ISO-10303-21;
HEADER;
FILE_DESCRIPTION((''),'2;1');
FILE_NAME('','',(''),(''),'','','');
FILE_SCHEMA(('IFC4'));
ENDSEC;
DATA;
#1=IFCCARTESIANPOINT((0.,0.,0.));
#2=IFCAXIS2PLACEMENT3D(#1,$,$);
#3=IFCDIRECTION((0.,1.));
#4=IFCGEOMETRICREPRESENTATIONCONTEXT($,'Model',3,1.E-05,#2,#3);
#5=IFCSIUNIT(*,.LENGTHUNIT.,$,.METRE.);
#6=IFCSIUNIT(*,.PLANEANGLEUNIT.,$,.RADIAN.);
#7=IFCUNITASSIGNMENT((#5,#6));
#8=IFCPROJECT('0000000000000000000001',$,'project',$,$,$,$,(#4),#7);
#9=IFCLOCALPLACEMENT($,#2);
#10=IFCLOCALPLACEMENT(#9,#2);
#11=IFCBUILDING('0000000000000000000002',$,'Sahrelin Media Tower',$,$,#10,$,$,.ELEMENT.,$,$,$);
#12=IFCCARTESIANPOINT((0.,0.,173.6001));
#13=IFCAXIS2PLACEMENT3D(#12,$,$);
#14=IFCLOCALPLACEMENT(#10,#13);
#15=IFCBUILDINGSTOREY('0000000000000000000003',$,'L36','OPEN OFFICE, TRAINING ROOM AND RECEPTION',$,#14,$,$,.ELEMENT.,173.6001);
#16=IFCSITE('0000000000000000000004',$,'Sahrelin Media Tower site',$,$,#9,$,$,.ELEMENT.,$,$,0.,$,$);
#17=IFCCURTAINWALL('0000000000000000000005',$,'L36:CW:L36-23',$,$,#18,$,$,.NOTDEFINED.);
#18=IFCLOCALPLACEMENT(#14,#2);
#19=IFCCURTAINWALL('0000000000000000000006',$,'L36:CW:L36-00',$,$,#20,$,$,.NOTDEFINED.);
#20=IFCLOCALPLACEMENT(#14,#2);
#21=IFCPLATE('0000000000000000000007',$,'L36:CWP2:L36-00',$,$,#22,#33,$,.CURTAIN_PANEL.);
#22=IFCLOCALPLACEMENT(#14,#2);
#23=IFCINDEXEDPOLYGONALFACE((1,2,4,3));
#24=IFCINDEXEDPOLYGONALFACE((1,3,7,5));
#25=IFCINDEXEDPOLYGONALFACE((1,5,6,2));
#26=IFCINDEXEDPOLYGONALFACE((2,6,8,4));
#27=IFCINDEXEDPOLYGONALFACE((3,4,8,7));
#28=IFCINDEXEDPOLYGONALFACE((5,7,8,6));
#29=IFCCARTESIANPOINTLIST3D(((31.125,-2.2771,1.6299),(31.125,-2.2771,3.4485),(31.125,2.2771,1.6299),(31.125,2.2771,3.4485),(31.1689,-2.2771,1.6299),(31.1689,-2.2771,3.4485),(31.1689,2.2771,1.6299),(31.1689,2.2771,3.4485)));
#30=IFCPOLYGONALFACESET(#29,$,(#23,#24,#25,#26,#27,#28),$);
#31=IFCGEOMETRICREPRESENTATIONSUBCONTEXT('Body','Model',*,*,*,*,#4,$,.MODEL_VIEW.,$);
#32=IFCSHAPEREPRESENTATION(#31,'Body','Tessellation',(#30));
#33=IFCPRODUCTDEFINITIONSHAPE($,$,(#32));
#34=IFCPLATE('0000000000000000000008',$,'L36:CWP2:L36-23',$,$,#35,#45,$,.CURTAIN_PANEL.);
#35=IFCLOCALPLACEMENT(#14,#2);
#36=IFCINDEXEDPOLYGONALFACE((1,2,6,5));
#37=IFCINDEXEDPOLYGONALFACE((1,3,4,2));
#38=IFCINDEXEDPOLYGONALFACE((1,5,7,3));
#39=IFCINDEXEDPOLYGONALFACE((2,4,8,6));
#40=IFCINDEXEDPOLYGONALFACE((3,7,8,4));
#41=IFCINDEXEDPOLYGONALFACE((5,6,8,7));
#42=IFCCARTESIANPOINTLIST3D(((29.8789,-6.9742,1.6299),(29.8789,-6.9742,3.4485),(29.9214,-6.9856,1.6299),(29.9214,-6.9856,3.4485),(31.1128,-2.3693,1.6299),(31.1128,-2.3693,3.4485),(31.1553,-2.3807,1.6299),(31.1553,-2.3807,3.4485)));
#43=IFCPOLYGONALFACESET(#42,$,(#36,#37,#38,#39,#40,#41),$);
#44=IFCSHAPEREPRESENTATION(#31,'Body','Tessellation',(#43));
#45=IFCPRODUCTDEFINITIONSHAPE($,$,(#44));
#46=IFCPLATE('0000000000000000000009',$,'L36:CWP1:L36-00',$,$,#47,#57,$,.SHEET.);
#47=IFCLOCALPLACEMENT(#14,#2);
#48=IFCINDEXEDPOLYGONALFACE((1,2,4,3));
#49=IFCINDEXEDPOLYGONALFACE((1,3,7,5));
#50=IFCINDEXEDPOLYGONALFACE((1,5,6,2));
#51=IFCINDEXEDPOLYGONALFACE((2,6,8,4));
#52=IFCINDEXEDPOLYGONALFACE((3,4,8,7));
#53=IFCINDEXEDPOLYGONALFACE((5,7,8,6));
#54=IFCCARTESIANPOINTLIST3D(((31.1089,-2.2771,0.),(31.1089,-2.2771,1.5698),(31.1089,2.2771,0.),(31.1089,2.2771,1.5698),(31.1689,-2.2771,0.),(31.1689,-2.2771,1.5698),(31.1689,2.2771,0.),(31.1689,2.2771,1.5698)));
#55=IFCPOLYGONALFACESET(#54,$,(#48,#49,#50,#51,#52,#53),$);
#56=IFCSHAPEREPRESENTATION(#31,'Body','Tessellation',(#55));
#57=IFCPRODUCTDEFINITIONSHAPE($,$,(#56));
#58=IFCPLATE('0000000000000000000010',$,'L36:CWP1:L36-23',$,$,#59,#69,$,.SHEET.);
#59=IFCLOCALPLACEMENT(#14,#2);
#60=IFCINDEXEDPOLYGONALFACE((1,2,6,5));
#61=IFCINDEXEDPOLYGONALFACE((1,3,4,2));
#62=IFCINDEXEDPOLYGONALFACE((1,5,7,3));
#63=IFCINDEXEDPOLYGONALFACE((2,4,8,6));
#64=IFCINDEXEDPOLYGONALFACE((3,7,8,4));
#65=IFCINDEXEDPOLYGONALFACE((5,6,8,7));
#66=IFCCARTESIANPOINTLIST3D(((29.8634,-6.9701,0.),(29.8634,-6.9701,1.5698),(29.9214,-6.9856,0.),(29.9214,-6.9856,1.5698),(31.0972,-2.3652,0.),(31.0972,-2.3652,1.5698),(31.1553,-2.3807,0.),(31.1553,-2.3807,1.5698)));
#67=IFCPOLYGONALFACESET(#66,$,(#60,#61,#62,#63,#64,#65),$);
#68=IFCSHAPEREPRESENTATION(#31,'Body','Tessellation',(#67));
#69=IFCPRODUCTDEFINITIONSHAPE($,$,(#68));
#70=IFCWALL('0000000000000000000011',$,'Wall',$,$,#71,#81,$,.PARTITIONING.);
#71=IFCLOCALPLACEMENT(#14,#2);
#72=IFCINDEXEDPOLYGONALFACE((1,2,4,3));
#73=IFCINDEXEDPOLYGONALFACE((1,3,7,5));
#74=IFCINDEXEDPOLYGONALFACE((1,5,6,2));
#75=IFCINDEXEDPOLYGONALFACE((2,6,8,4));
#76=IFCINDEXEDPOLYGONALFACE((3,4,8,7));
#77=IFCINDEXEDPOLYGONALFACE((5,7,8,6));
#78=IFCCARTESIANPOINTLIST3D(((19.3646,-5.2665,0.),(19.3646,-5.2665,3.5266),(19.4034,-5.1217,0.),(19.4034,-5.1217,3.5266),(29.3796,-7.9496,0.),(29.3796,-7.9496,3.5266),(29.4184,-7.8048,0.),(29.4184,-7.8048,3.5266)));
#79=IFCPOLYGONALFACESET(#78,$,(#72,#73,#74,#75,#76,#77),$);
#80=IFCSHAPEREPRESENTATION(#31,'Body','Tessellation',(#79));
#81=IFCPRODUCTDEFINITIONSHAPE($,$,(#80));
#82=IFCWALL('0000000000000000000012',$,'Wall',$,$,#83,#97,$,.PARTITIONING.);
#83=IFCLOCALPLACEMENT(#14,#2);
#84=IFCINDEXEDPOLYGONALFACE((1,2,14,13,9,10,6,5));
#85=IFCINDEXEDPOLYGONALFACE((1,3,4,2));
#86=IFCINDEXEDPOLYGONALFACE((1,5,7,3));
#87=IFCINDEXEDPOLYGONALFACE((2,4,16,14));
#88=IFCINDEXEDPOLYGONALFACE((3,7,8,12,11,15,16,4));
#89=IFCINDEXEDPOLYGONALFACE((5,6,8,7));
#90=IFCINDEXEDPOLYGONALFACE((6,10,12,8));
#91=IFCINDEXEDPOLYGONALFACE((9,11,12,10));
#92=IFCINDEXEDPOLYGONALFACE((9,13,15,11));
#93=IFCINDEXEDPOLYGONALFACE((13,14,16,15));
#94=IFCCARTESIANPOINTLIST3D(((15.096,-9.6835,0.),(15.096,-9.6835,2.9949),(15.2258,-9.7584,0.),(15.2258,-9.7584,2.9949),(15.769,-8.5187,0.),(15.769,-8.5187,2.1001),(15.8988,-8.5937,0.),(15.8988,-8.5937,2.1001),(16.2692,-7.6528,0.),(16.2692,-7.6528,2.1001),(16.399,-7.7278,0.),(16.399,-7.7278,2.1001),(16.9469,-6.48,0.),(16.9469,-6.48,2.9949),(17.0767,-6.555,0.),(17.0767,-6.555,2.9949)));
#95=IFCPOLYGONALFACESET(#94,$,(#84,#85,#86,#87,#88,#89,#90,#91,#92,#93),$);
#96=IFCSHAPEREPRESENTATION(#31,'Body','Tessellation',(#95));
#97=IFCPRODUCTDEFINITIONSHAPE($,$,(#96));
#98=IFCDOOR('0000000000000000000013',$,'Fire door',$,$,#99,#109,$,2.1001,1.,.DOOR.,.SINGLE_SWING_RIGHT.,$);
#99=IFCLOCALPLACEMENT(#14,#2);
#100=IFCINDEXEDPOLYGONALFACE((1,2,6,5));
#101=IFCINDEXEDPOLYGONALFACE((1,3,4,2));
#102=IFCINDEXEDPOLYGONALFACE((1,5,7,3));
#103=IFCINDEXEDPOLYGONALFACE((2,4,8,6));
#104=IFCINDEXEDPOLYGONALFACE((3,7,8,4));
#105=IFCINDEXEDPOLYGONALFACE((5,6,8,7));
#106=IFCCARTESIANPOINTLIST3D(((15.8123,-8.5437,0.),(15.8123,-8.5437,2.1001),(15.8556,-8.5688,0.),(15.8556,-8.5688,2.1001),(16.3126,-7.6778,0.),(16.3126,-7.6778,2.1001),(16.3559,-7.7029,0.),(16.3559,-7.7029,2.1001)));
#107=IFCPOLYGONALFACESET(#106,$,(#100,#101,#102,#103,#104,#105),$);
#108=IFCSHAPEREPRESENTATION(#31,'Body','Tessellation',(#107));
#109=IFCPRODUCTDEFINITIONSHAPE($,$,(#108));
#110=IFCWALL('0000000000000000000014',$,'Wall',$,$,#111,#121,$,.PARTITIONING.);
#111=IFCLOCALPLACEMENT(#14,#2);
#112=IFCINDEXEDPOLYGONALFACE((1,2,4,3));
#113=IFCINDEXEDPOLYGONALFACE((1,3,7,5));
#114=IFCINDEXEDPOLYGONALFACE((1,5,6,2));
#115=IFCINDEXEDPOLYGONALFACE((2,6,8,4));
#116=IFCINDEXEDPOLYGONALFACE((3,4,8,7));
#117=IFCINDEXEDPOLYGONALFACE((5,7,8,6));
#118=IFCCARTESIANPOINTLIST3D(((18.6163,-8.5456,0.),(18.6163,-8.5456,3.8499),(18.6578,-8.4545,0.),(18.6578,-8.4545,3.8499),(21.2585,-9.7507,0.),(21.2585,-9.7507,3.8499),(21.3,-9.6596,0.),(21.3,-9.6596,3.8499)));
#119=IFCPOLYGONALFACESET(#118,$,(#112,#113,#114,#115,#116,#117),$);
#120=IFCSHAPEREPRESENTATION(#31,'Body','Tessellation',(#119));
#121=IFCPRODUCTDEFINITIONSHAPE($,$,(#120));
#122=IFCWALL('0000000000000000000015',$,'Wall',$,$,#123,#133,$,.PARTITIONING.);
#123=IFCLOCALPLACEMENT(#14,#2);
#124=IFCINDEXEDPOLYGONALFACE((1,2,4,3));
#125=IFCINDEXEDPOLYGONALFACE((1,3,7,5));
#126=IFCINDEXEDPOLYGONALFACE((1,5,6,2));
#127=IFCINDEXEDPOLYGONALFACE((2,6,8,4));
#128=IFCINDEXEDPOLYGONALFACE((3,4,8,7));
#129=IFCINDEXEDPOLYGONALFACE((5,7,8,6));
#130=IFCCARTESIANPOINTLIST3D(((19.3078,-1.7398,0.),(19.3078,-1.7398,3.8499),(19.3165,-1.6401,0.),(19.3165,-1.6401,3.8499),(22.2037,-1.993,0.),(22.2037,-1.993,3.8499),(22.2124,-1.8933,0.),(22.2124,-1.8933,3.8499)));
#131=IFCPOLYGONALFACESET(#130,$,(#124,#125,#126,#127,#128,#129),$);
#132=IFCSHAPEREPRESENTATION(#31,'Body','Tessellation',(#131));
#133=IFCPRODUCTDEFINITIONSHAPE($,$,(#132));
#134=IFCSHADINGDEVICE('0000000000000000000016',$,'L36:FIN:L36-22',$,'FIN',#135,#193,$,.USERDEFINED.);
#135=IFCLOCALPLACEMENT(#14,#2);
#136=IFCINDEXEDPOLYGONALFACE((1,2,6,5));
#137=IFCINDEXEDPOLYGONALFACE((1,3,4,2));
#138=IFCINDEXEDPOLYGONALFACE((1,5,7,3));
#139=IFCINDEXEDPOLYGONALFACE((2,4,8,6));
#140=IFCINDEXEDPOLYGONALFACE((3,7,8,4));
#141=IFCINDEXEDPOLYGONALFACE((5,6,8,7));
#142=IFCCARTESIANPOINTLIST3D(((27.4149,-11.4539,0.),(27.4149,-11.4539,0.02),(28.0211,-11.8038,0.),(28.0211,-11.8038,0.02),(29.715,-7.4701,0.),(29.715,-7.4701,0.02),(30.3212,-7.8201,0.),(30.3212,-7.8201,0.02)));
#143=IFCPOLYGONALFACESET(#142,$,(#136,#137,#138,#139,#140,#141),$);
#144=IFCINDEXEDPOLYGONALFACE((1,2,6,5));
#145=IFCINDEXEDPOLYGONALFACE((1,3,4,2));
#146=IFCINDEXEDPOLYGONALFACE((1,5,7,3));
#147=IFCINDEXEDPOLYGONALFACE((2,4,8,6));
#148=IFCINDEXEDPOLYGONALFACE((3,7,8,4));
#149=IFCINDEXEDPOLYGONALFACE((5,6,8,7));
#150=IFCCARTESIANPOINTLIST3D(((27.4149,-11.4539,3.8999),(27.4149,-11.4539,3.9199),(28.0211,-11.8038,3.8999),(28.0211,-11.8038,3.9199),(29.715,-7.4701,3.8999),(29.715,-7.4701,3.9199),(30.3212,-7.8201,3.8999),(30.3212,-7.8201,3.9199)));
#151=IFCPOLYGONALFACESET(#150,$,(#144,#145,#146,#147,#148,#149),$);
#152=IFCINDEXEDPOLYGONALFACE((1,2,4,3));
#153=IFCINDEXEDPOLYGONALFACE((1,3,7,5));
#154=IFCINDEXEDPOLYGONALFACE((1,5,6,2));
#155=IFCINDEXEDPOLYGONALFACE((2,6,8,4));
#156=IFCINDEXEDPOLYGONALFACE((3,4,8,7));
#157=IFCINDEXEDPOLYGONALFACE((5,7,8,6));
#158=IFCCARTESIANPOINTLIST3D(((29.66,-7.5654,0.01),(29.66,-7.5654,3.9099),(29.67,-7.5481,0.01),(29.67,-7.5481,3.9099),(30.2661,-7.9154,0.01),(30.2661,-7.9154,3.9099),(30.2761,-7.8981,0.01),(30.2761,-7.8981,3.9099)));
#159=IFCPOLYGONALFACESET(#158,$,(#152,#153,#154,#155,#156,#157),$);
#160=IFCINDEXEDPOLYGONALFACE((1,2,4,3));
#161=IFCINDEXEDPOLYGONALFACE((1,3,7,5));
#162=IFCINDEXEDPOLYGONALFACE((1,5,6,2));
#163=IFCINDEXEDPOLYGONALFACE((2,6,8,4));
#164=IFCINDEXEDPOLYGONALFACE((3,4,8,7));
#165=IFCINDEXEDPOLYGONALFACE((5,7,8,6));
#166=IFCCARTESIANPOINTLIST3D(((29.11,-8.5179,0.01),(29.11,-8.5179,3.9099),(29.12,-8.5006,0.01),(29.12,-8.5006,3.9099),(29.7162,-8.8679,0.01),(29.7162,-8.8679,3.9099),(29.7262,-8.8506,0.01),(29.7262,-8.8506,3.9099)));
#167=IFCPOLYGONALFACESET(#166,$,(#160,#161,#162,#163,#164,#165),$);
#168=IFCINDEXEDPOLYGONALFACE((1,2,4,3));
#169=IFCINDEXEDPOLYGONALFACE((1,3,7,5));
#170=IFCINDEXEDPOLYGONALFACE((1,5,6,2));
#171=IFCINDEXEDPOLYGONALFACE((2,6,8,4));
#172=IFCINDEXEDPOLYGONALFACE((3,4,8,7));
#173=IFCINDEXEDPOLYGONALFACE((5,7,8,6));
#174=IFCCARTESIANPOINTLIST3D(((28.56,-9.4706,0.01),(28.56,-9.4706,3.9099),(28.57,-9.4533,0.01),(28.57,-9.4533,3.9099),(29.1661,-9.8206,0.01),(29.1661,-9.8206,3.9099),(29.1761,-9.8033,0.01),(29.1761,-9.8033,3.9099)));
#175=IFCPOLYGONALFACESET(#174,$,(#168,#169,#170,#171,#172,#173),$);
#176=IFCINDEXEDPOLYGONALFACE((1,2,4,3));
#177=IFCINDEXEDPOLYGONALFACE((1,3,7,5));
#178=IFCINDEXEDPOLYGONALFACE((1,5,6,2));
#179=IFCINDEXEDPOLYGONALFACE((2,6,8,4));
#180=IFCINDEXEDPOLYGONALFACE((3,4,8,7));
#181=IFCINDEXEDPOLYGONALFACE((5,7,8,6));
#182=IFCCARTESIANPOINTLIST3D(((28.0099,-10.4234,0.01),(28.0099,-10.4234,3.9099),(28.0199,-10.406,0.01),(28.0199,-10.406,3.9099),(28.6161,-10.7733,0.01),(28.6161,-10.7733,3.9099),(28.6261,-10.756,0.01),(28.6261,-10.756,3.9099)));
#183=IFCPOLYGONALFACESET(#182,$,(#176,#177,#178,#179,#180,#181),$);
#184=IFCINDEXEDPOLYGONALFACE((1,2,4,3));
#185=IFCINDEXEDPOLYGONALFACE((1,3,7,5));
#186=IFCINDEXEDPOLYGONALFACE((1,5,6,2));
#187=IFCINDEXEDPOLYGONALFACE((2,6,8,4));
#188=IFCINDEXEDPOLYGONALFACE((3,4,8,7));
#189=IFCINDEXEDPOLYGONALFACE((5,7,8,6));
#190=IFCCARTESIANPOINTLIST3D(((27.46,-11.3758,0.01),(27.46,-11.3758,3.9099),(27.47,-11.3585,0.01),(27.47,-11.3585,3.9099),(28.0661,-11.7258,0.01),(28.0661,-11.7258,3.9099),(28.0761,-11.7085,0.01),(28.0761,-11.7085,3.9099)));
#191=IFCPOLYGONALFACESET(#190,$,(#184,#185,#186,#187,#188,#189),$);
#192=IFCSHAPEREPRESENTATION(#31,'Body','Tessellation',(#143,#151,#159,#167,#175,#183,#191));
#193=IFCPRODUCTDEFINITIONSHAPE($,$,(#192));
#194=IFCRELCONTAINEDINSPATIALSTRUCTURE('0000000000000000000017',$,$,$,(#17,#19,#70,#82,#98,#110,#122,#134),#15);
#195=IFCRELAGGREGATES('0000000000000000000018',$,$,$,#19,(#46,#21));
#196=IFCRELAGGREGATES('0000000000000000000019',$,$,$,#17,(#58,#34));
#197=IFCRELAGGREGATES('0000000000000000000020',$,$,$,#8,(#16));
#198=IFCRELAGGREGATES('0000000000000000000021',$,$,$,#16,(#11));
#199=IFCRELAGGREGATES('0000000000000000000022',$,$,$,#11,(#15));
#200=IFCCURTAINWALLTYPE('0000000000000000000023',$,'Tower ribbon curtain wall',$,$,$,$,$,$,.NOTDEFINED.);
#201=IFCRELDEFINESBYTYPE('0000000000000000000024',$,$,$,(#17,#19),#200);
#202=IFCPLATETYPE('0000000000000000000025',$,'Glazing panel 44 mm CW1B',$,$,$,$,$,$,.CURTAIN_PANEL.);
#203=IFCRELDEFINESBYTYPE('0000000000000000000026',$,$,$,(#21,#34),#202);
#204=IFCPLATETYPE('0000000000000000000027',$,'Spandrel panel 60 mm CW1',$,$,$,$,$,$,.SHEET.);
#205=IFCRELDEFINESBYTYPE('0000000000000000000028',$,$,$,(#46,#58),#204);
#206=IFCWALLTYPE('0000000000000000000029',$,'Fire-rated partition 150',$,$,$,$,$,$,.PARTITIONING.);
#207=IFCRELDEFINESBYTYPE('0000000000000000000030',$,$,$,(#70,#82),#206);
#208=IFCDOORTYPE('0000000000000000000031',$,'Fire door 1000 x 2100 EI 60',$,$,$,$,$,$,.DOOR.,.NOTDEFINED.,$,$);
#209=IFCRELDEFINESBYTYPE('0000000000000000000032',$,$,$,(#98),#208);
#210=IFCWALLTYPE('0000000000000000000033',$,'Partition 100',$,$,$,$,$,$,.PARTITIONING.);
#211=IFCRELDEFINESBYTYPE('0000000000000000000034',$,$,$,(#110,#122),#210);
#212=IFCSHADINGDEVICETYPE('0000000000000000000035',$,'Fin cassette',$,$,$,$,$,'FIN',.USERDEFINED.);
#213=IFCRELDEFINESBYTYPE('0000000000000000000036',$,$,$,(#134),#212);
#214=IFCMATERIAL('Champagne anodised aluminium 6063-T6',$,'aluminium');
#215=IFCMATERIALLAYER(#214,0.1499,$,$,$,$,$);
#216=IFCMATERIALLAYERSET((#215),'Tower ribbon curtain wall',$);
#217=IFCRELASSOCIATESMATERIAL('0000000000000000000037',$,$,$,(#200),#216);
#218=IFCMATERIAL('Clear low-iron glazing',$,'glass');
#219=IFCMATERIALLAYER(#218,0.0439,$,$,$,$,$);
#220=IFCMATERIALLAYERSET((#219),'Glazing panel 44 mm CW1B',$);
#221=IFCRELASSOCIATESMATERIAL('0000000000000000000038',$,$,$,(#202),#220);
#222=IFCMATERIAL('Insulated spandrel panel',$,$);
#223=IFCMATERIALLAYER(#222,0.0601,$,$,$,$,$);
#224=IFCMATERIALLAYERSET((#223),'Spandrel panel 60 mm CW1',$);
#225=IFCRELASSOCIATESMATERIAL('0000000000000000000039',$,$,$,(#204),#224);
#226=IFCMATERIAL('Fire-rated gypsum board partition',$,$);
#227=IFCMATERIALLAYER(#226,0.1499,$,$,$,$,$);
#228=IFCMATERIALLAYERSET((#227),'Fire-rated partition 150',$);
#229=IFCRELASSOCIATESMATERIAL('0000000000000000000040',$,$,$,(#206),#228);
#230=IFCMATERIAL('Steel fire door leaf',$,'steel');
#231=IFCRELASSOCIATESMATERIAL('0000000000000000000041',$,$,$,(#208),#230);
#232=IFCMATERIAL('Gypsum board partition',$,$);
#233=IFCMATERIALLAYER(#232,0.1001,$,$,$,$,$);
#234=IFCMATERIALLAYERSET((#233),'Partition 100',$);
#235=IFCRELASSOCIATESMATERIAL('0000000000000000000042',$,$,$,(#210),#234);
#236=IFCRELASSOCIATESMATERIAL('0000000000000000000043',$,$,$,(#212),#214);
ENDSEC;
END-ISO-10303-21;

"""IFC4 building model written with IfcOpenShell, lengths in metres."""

from ifc_helpers import new_model, si_unit, direction, frame, frame_2d, origin, origin_2d, place, context, subcontext, project, spatial, polyline, rectangle, outline, extrude, material, layer, layer_set, type_object, element, fill, aggregate, save


model = new_model("IFC4")

# Units and contexts
model_context = context("Model", 3, precision=1e-05, world=origin(), true_north=direction((0.0, 1.0)))
body_context = subcontext(model_context, "Body", "Model", "MODEL_VIEW")
ifc_project = project(units=[si_unit("LENGTHUNIT", "METRE"), si_unit("PLANEANGLEUNIT", "RADIAN")], contexts=[model_context])

# Site, building, storey
site_placement = place(None, origin())
site = spatial("IfcSite", under=ifc_project, at=site_placement, Name="Sahrelin Media Tower site", CompositionType="ELEMENT", RefElevation=0.0)
building_placement = place(site_placement, origin())
building = spatial("IfcBuilding", under=site, at=building_placement, Name="Sahrelin Media Tower", CompositionType="ELEMENT")
storey_placement = place(building_placement, frame((0.0, 0.0, 173.6001)))
storey = spatial("IfcBuildingStorey", under=building, at=storey_placement, Name="L36", Description="OPEN OFFICE, TRAINING ROOM AND RECEPTION", CompositionType="ELEMENT", Elevation=173.6001)

# Curtain wall
ifc_material_1 = material(Name="Champagne anodised aluminium 6063-T6", Category="aluminium")
ifc_layer_1 = layer(ifc_material_1, 0.1499)
ifc_layer_set_1 = layer_set([ifc_layer_1], Name="Tower ribbon curtain wall")
curtain_wall_type = type_object("IfcCurtainWallType", Name="Tower ribbon curtain wall", PredefinedType="NOTDEFINED", material=ifc_layer_set_1)
curtain_wall_1_placement = place(storey_placement, frame((30.519, -4.678, 0.0), z_axis=(0.0, 0.0, 1.0), x_axis=(1.0, 0.0, 0.0)))
curtain_wall_1 = element("IfcCurtainWall", 1, at=curtain_wall_1_placement, inside=storey, type_object=curtain_wall_type, Name="L36:CW:L36-23", PredefinedType="NOTDEFINED")

# Curtain wall
curtain_wall_2_placement = place(storey_placement, frame((31.1489, 0.0, 0.0), z_axis=(0.0, 0.0, 1.0), x_axis=(1.0, 0.0, 0.0)))
curtain_wall_2 = element("IfcCurtainWall", 2, at=curtain_wall_2_placement, inside=storey, type_object=curtain_wall_type, Name="L36:CW:L36-00", PredefinedType="NOTDEFINED")

# Plates
ifc_material_2 = material(Name="Clear low-iron glazing", Category="glass")
ifc_layer_2 = layer(ifc_material_2, 0.0439)
ifc_layer_set_2 = layer_set([ifc_layer_2], Name="Glazing panel 44 mm CW1B")
plate_type_1 = type_object("IfcPlateType", Name="Glazing panel 44 mm CW1B", PredefinedType="CURTAIN_PANEL", material=ifc_layer_set_2)
plate_1_placement = place(storey_placement, frame((31.1689, -2.2771, 1.6299), z_axis=(1.0, 0.0, 0.0), x_axis=(0.0, 1.0, 0.0)))
plate_1 = element("IfcPlate", 3, at=plate_1_placement, type_object=plate_type_1, Name="L36:CWP2:L36-00", PredefinedType="CURTAIN_PANEL", context=body_context, shape_type="SweptSolid", body=[
    extrude(outline(polyline([(0.0, 0.0), (4.5542, 0.0), (4.5542, 1.8186), (0.0, 1.8186), (0.0, 0.0)])), origin(), (0.0, 0.0, -1.0), 0.0439),
])
plate_2_placement = place(storey_placement, frame((29.9214, -6.9856, 1.6299), z_axis=(0.965927, -0.258816, 0.0), x_axis=(0.258816, 0.965927, 0.0)))
plate_2 = element("IfcPlate", 4, at=plate_2_placement, type_object=plate_type_1, Name="L36:CWP2:L36-23", PredefinedType="CURTAIN_PANEL", context=body_context, shape_type="SweptSolid", body=[
    extrude(outline(polyline([(0.0, 0.0), (4.7673, 0.0), (4.7673, 1.8186), (0.0, 1.8186), (0.0, 0.0)])), origin(), (0.0, 0.0, -1.0), 0.0439),
])
ifc_material_3 = material(Name="Insulated spandrel panel")
ifc_layer_3 = layer(ifc_material_3, 0.0601)
ifc_layer_set_3 = layer_set([ifc_layer_3], Name="Spandrel panel 60 mm CW1")
plate_type_2 = type_object("IfcPlateType", Name="Spandrel panel 60 mm CW1", PredefinedType="SHEET", material=ifc_layer_set_3)
plate_3_placement = place(storey_placement, frame((31.1689, -2.2771, 0.0), z_axis=(1.0, 0.0, 0.0), x_axis=(0.0, 1.0, 0.0)))
plate_3 = element("IfcPlate", 5, at=plate_3_placement, type_object=plate_type_2, Name="L36:CWP1:L36-00", PredefinedType="SHEET", context=body_context, shape_type="SweptSolid", body=[
    extrude(outline(polyline([(0.0, 0.0), (4.5542, 0.0), (4.5542, 1.5698), (0.0, 1.5698), (0.0, 0.0)])), origin(), (0.0, 0.0, -1.0), 0.0601),
])
aggregate(curtain_wall_2, [plate_3, plate_1])
plate_4_placement = place(storey_placement, frame((29.9214, -6.9856, 0.0), z_axis=(0.965927, -0.258816, 0.0), x_axis=(0.258816, 0.965927, 0.0)))
plate_4 = element("IfcPlate", 6, at=plate_4_placement, type_object=plate_type_2, Name="L36:CWP1:L36-23", PredefinedType="SHEET", context=body_context, shape_type="SweptSolid", body=[
    extrude(outline(polyline([(0.0, 0.0), (4.7673, 0.0), (4.7673, 1.5698), (0.0, 1.5698), (0.0, 0.0)])), origin(), (0.0, 0.0, -1.0), 0.0601),
])
aggregate(curtain_wall_1, [plate_4, plate_2])

# Wall
ifc_material_4 = material(Name="Fire-rated gypsum board partition")
ifc_layer_4 = layer(ifc_material_4, 0.1499)
ifc_layer_set_4 = layer_set([ifc_layer_4], Name="Fire-rated partition 150")
wall_type_1 = type_object("IfcWallType", Name="Fire-rated partition 150", PredefinedType="PARTITIONING", material=ifc_layer_set_4)
wall_1_placement = place(storey_placement, frame((19.384, -5.1941, 0.0), z_axis=(0.0, 0.0, 1.0), x_axis=(0.965935, -0.258785, 0.0)))
element("IfcWall", 7, at=wall_1_placement, inside=storey, type_object=wall_type_1, Name="Wall", PredefinedType="PARTITIONING", context=body_context, shape_type="SweptSolid", body=[
    extrude(rectangle(XDim=10.3682, YDim=0.1499, at=frame_2d((5.1841, 0.0))), origin(), (0.0, 0.0, 1.0), 3.5266),
])

# Wall, opening, door
wall_2_placement = place(storey_placement, frame((15.1609, -9.7209, 0.0), z_axis=(0.0, 0.0, 1.0), x_axis=(0.500276, 0.865866, 0.0)))
wall_2 = element("IfcWall", 8, at=wall_2_placement, inside=storey, type_object=wall_type_1, Name="Wall", PredefinedType="PARTITIONING", context=body_context, shape_type="SweptSolid", body=[
    extrude(rectangle(XDim=3.6997, YDim=0.1499, at=frame_2d((1.8499, 0.0))), origin(), (0.0, 0.0, 1.0), 2.9949),
])
opening_placement = place(wall_2_placement, frame((1.3452, 0.0, 0.0)))
opening = element("IfcOpeningElement", 9, at=opening_placement, cuts=wall_2, PredefinedType="OPENING", context=body_context, shape_type="SweptSolid", body=[
    extrude(rectangle(XDim=1.0, YDim=2.1001, at=frame_2d((0.5, 1.05))), frame((0.0, 0.075, 0.0), z_axis=(0.0, -1.0, 0.0), x_axis=(1.0, 0.0, 0.0)), (0.0, 0.0, 1.0), 0.1499),
])
ifc_material_5 = material(Name="Steel fire door leaf", Category="steel")
door_type = type_object("IfcDoorType", Name="Fire door 1000 x 2100 EI 60", OperationType="NOTDEFINED", PredefinedType="DOOR", material=ifc_material_5)
door_placement = place(opening_placement, origin())
door = element("IfcDoor", 10, at=door_placement, inside=storey, type_object=door_type, Name="Fire door", OperationType="SINGLE_SWING_RIGHT", OverallHeight=2.1001, OverallWidth=1.0, PredefinedType="DOOR", context=body_context, shape_type="SweptSolid", body=[
    extrude(rectangle(XDim=1.0, YDim=2.1001, at=frame_2d((0.5, 1.05))), frame((0.0, 0.0249, 0.0), z_axis=(0.0, -1.0, 0.0), x_axis=(1.0, 0.0, 0.0)), (0.0, 0.0, 1.0), 0.05),
])
fill(opening, door)

# Walls
ifc_material_6 = material(Name="Gypsum board partition")
ifc_layer_5 = layer(ifc_material_6, 0.1001)
ifc_layer_set_5 = layer_set([ifc_layer_5], Name="Partition 100")
wall_type_2 = type_object("IfcWallType", Name="Partition 100", PredefinedType="PARTITIONING", material=ifc_layer_set_5)
wall_3_placement = place(storey_placement, frame((18.637, -8.5, 0.0), z_axis=(0.0, 0.0, 1.0), x_axis=(0.90983, -0.414981, 0.0)))
element("IfcWall", 11, at=wall_3_placement, inside=storey, type_object=wall_type_2, Name="Wall", PredefinedType="PARTITIONING", context=body_context, shape_type="SweptSolid", body=[
    extrude(rectangle(XDim=2.9041, YDim=0.1001, at=frame_2d((1.4521, 0.0))), origin(), (0.0, 0.0, 1.0), 3.8499),
])
wall_4_placement = place(storey_placement, frame((19.312, -1.6899, 0.0), z_axis=(0.0, 0.0, 1.0), x_axis=(0.9962, -0.08709, 0.0)))
element("IfcWall", 12, at=wall_4_placement, inside=storey, type_object=wall_type_2, Name="Wall", PredefinedType="PARTITIONING", context=body_context, shape_type="SweptSolid", body=[
    extrude(rectangle(XDim=2.907, YDim=0.1001, at=frame_2d((1.4536, 0.0))), origin(), (0.0, 0.0, 1.0), 3.8499),
])

# Shading device
shading_device_type_1 = type_object("IfcShadingDeviceType", Name="Fin cassette", ElementType="FIN", PredefinedType="USERDEFINED", material=ifc_material_1)
placement_1 = place(storey_placement, frame((28.5044, -9.427, 0.0), z_axis=(0.0, 0.0, 1.0), x_axis=(-0.500011, -0.866019, 0.0)))
element("IfcShadingDevice", 13, at=placement_1, inside=storey, type_object=shading_device_type_1, Name="L36:FIN:L36-22", ObjectType="FIN", PredefinedType="USERDEFINED", context=body_context, shape_type="SweptSolid", body=[
    extrude(rectangle(XDim=4.6001, YDim=0.7, at=origin_2d()), frame((0.0, 0.4199, 0.0)), (0.0, 0.0, 1.0), 0.02),
    extrude(rectangle(XDim=4.6001, YDim=0.7, at=origin_2d()), frame((0.0, 0.4199, 3.8999)), (0.0, 0.0, 1.0), 0.02),
    extrude(rectangle(XDim=0.02, YDim=0.7, at=origin_2d()), frame((-2.2, 0.4199, 0.01), z_axis=(0.0, 0.0, 1.0), x_axis=(1.0, 0.0, 0.0)), (0.0, 0.0, 1.0), 3.8999),
    extrude(rectangle(XDim=0.02, YDim=0.7, at=origin_2d()), frame((-1.1001, 0.4199, 0.01), z_axis=(0.0, 0.0, 1.0), x_axis=(1.0, 0.0, 0.0)), (0.0, 0.0, 1.0), 3.8999),
    extrude(rectangle(XDim=0.02, YDim=0.7, at=origin_2d()), frame((0.0, 0.4199, 0.01), z_axis=(0.0, 0.0, 1.0), x_axis=(1.0, 0.0, 0.0)), (0.0, 0.0, 1.0), 3.8999),
    extrude(rectangle(XDim=0.02, YDim=0.7, at=origin_2d()), frame((1.1001, 0.4199, 0.01), z_axis=(0.0, 0.0, 1.0), x_axis=(1.0, 0.0, 0.0)), (0.0, 0.0, 1.0), 3.8999),
    extrude(rectangle(XDim=0.02, YDim=0.7, at=origin_2d()), frame((2.2, 0.4199, 0.01), z_axis=(0.0, 0.0, 1.0), x_axis=(1.0, 0.0, 0.0)), (0.0, 0.0, 1.0), 3.8999),
])

save(model, "model.ifc")
